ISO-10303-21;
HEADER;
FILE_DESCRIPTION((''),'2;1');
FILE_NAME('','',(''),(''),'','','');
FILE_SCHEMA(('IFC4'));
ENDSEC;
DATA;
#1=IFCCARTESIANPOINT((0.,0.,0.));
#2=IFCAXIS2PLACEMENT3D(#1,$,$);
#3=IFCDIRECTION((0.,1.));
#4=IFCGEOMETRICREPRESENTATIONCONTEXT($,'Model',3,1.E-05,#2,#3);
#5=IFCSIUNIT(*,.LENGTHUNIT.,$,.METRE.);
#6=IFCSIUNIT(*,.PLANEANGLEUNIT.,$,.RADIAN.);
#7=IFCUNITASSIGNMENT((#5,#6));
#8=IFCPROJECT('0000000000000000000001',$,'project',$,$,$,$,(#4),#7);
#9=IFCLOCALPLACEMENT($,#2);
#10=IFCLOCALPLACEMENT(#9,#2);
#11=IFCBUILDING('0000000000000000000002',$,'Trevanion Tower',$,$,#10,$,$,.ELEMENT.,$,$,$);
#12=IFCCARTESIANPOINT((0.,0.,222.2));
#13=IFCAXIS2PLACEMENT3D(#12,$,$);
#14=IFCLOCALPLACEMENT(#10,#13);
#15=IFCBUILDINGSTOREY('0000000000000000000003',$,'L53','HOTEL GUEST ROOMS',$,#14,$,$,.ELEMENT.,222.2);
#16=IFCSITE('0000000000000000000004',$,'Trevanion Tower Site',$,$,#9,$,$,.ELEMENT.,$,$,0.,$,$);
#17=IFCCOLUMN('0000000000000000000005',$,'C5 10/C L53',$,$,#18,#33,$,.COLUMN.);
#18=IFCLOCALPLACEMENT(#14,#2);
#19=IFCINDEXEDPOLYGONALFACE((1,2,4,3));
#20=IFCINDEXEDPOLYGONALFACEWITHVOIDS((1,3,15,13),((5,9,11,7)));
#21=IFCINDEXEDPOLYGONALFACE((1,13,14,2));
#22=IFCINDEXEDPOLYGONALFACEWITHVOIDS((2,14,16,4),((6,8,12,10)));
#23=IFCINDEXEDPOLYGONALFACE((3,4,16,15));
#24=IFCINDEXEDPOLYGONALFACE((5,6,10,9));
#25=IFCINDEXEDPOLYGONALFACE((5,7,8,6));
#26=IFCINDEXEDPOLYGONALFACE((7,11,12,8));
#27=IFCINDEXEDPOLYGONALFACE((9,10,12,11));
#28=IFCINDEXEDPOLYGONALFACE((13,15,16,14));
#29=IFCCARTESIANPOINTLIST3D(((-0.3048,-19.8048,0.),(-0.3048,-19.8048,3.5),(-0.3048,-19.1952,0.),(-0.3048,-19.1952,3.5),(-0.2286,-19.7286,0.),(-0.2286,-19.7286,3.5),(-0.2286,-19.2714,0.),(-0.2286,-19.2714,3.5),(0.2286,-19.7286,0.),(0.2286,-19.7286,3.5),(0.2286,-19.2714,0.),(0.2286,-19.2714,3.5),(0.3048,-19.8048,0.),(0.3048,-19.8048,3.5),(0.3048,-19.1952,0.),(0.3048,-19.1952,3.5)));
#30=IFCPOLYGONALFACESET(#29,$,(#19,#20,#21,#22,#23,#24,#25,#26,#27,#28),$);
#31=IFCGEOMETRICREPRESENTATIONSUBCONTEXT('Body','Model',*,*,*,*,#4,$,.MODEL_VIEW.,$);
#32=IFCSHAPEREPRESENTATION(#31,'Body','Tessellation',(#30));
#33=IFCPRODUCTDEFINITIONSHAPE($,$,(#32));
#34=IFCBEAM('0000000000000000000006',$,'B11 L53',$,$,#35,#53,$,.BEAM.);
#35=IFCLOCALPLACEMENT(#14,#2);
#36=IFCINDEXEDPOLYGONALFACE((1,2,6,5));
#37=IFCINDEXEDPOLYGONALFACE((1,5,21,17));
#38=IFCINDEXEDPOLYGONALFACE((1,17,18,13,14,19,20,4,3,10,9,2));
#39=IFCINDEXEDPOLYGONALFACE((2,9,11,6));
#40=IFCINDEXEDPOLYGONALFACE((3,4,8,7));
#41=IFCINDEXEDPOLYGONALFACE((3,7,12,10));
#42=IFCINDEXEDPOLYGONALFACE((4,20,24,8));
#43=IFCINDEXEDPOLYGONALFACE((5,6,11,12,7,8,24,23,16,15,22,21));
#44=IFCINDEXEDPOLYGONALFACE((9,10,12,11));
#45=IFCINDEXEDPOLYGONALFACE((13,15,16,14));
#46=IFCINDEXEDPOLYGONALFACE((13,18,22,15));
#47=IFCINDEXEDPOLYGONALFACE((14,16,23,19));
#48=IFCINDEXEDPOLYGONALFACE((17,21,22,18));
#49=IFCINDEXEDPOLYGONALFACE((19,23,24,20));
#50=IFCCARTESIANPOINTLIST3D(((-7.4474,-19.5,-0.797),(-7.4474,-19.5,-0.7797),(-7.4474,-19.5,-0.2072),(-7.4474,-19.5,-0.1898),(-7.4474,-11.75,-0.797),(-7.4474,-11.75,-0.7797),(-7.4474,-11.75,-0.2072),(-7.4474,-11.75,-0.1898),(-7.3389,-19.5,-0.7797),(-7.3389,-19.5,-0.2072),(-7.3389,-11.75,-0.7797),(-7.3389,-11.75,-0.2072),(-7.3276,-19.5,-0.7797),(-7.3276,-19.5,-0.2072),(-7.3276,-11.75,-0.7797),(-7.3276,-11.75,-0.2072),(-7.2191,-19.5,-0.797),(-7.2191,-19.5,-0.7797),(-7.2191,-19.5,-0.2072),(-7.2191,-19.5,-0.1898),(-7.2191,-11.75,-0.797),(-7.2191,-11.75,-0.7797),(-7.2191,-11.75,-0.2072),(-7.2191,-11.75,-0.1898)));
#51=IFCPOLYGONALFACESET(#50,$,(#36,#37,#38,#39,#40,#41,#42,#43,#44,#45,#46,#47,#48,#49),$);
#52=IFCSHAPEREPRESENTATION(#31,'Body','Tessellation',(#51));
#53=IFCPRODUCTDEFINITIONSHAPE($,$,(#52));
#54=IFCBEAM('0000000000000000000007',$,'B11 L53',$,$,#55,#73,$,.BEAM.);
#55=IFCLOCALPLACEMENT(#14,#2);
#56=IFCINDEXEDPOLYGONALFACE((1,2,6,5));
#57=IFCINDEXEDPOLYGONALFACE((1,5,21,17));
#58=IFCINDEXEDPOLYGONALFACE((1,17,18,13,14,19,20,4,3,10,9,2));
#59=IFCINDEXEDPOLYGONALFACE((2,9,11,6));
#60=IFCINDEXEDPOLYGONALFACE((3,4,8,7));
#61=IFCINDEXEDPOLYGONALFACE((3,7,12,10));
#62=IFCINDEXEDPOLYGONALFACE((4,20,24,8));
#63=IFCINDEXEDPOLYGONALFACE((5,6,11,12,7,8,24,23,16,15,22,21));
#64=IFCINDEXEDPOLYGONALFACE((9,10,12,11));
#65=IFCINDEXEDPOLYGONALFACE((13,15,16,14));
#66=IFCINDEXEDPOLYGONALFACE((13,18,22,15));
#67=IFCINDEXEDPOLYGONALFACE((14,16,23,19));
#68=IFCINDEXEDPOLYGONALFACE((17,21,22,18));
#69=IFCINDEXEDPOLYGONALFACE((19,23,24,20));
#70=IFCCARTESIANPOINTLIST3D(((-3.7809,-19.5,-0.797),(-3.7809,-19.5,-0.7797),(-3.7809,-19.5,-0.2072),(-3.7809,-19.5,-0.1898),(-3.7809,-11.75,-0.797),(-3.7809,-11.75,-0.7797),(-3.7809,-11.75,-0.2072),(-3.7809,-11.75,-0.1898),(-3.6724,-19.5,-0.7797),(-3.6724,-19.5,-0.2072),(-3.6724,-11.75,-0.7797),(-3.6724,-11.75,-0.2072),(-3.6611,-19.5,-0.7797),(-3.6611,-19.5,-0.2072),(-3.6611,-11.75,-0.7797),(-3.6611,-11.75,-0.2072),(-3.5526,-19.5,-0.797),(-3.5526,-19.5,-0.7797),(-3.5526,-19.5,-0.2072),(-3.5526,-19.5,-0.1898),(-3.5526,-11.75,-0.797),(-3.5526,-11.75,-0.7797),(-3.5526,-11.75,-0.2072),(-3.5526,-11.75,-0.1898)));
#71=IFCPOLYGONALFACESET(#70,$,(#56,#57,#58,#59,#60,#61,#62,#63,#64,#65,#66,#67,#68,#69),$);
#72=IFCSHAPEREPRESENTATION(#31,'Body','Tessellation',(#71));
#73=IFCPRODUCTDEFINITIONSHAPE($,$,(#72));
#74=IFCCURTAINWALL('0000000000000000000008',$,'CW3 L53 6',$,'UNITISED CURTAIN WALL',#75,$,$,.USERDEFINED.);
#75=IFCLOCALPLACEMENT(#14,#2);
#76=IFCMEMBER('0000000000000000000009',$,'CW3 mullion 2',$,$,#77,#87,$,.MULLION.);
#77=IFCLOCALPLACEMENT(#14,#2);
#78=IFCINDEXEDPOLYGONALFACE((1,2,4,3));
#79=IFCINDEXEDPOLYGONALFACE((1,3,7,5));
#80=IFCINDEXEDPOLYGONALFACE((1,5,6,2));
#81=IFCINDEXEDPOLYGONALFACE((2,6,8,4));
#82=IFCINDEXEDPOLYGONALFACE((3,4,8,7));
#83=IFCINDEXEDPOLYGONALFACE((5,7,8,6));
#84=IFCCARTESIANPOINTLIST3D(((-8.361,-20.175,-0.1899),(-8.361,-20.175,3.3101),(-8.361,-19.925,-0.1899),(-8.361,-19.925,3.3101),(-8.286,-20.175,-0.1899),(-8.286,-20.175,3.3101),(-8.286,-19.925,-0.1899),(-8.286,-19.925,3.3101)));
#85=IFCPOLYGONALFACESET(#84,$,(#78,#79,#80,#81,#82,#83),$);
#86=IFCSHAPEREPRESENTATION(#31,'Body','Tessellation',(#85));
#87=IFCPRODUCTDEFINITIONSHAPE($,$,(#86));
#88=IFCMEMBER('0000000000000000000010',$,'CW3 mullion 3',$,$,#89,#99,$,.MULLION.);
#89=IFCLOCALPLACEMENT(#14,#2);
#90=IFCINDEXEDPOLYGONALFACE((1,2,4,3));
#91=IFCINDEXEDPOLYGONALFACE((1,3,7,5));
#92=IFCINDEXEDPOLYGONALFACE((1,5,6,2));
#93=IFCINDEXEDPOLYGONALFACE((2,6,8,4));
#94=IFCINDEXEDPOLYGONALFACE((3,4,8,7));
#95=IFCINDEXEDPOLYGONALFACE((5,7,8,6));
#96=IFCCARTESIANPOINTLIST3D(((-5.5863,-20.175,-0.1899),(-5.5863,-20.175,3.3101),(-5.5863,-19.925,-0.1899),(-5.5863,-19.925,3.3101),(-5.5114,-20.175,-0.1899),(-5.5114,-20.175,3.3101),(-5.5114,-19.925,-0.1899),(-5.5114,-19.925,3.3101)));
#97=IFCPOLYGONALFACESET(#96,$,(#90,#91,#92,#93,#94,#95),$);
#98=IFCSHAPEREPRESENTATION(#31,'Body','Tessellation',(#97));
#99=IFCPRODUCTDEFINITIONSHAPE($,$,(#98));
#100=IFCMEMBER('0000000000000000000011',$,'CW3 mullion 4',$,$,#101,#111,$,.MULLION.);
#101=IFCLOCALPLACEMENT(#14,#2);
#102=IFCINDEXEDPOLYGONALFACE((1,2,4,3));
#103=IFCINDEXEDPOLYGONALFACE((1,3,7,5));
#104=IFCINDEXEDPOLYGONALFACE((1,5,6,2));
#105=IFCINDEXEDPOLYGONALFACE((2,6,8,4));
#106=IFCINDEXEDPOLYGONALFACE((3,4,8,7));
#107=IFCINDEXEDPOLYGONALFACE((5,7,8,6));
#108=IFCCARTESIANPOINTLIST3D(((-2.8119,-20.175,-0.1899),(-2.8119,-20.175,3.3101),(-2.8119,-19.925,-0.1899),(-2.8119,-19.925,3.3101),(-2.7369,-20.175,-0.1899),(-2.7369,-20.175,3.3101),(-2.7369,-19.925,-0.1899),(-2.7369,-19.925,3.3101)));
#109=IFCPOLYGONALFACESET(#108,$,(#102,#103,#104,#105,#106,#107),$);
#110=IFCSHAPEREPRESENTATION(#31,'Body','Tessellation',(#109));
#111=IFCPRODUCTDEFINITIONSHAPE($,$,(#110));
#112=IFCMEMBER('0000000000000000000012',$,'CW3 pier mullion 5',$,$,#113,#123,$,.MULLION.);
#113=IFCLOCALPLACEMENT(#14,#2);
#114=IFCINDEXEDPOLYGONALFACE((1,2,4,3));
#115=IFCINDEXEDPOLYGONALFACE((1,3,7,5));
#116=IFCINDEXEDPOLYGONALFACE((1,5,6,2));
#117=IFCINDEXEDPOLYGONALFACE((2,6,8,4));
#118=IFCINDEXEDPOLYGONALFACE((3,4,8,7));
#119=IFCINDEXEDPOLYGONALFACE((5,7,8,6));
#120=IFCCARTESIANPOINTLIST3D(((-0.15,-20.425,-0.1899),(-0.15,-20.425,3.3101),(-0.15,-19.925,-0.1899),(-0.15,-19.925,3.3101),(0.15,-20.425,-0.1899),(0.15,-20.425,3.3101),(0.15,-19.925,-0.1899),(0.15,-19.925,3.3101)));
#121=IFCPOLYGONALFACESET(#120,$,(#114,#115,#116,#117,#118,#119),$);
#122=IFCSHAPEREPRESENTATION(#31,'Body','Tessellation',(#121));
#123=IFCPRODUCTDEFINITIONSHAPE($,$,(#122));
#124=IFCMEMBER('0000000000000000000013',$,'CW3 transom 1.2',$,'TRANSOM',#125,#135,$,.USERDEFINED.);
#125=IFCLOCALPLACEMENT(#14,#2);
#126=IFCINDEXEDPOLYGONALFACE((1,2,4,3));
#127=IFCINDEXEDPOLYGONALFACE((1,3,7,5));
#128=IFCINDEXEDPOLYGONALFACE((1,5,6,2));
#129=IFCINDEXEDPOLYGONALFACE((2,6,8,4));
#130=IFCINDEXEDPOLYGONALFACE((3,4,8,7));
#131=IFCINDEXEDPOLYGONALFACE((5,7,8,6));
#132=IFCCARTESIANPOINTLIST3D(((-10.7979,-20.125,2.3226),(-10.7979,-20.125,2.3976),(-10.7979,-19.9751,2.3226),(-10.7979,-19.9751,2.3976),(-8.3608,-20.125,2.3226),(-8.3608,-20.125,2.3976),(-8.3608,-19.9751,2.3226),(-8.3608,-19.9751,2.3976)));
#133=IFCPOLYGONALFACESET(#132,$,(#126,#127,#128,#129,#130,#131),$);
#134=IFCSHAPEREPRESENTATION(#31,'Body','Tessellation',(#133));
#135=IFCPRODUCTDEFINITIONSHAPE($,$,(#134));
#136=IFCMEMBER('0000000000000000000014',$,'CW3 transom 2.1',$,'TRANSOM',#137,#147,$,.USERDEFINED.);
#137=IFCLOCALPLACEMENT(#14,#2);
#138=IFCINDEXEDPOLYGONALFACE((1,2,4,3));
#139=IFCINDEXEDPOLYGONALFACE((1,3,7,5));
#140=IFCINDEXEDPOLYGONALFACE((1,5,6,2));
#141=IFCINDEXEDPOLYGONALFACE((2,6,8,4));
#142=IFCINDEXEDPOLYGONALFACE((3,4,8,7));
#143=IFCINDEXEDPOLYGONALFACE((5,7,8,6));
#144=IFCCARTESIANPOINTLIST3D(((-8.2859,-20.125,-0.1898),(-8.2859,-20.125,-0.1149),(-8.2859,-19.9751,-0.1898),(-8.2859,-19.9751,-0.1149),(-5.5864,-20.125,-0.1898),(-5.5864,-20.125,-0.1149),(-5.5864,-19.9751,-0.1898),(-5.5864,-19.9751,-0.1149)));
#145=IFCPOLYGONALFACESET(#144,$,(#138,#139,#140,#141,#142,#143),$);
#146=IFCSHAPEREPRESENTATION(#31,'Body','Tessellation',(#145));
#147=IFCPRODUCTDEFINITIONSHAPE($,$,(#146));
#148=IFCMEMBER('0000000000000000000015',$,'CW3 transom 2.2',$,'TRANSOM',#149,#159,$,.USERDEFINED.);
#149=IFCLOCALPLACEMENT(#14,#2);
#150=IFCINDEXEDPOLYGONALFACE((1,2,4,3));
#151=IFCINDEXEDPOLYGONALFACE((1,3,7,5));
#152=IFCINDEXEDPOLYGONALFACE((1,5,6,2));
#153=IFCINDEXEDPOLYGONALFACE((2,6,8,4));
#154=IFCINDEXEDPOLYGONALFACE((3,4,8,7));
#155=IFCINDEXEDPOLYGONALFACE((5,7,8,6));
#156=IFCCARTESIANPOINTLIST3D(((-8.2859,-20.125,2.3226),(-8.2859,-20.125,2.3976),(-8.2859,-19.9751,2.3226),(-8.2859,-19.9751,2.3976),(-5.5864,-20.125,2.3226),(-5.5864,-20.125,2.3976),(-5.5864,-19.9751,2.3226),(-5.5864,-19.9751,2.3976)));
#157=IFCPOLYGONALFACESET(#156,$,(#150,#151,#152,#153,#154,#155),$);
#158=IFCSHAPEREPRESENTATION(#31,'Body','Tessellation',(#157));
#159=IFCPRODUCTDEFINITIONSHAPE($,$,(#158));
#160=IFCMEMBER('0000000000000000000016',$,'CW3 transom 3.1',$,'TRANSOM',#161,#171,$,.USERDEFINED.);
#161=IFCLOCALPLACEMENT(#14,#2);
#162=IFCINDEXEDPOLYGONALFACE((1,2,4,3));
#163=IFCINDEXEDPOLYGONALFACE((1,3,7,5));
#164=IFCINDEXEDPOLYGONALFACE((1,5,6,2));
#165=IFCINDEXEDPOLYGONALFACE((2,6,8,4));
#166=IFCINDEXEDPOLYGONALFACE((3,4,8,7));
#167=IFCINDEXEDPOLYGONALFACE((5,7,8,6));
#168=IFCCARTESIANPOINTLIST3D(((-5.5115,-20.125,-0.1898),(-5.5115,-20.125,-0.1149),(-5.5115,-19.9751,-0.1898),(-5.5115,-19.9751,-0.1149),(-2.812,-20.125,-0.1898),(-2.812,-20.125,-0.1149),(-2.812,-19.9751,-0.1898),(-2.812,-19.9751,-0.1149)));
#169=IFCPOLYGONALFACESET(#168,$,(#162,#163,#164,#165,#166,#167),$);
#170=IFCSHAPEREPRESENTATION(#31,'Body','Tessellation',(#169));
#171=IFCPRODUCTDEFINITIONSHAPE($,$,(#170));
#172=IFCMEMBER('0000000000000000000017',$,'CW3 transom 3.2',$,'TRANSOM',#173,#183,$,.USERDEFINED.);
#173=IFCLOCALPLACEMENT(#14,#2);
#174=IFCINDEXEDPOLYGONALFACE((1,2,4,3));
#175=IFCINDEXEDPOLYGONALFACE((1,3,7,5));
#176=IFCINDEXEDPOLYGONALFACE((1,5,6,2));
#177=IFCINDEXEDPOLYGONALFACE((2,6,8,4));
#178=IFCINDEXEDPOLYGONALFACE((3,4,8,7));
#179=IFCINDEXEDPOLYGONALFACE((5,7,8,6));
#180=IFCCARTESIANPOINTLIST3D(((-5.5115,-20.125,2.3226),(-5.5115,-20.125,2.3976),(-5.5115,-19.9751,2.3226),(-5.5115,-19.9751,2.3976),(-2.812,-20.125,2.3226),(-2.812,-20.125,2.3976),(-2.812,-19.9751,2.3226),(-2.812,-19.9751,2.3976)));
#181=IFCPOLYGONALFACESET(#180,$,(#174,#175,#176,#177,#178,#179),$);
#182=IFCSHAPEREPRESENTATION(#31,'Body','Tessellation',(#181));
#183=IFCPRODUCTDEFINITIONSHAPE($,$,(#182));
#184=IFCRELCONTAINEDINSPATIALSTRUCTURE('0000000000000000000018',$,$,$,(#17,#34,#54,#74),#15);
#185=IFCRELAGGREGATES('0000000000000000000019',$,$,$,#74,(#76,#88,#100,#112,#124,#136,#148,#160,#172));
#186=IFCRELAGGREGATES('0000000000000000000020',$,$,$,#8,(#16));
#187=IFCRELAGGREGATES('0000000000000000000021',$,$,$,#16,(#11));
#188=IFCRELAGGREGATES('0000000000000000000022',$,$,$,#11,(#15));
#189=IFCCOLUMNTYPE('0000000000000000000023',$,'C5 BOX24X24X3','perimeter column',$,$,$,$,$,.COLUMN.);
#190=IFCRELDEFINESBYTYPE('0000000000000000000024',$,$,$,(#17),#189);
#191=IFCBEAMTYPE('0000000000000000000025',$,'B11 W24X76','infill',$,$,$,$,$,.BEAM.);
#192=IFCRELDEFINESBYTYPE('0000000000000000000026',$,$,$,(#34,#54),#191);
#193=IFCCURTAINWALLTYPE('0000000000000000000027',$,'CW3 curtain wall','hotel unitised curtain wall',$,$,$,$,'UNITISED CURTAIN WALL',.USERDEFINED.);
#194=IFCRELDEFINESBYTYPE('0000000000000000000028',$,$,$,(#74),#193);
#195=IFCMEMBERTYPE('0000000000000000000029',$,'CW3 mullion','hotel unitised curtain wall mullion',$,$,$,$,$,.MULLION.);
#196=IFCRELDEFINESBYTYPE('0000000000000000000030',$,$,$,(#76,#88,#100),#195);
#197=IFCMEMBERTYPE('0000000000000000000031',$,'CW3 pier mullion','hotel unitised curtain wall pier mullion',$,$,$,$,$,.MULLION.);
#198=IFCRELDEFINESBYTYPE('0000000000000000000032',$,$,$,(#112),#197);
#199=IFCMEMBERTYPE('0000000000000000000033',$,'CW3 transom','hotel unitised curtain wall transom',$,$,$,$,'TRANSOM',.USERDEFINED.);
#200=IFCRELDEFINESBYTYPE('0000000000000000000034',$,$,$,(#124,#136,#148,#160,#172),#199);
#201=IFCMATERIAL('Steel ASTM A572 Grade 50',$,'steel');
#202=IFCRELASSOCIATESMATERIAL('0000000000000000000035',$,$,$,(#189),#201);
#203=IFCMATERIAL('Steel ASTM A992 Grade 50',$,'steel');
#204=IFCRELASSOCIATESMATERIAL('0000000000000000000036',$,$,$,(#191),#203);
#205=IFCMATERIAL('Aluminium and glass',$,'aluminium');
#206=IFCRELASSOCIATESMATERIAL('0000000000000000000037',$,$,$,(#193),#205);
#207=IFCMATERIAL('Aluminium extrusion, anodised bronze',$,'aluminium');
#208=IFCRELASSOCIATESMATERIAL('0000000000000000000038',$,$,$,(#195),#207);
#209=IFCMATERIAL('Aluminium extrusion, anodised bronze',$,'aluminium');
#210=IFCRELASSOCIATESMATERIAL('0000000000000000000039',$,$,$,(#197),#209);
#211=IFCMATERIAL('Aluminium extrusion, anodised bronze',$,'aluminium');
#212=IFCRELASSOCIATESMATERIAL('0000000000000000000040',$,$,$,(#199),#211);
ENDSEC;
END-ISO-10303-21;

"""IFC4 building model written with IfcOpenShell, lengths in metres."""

from ifc_helpers import new_model, si_unit, direction, frame, origin, origin_2d, place, context, subcontext, project, spatial, rectangle, hollow_rectangle, i_section, extrude, material, material_profile, profile_set, type_object, element, aggregate, save


model = new_model("IFC4")

# Units and contexts
model_context = context("Model", 3, precision=1e-05, world=origin(), true_north=direction((0.0, 1.0)))
body_context = subcontext(model_context, "Body", "Model", "MODEL_VIEW")
ifc_project = project(units=[si_unit("LENGTHUNIT", "METRE"), si_unit("PLANEANGLEUNIT", "RADIAN")], contexts=[model_context])

# Site, building, storey
site_placement = place(None, origin())
site = spatial("IfcSite", under=ifc_project, at=site_placement, Name="Trevanion Tower Site", CompositionType="ELEMENT", RefElevation=0.0)
building_placement = place(site_placement, origin())
building = spatial("IfcBuilding", under=site, at=building_placement, Name="Trevanion Tower", CompositionType="ELEMENT")
storey_placement = place(building_placement, frame((0.0, 0.0, 222.2)))
storey = spatial("IfcBuildingStorey", under=building, at=storey_placement, Name="L53", Description="HOTEL GUEST ROOMS", CompositionType="ELEMENT", Elevation=222.2)

# Column
ifc_material_1 = material(Name="Steel ASTM A572 Grade 50", Category="steel")
ifc_material_profile_1 = material_profile(ifc_material_1, hollow_rectangle(XDim=0.6096, YDim=0.6096, WallThickness=0.0762, at=origin_2d()), Name="BOX24X24X3")
ifc_profile_set_1 = profile_set([ifc_material_profile_1], Name="Steel ASTM A572 Grade 50")
column_type = type_object("IfcColumnType", Name="C5 BOX24X24X3", Description="perimeter column", PredefinedType="COLUMN", material=ifc_profile_set_1)
column_placement = place(storey_placement, frame((0.0, -19.5, 0.0), z_axis=(0.0, 0.0, 1.0), x_axis=(1.0, 0.0, 0.0)))
element("IfcColumn", 1, at=column_placement, inside=storey, type_object=column_type, Name="C5 10/C L53", PredefinedType="COLUMN", context=body_context, shape_type="SweptSolid", body=[
    extrude(hollow_rectangle(XDim=0.6096, YDim=0.6096, WallThickness=0.0762, at=origin_2d()), origin(), (0.0, 0.0, 1.0), 3.5),
])

# Beams
ifc_material_2 = material(Name="Steel ASTM A992 Grade 50", Category="steel")
ifc_material_profile_2 = material_profile(ifc_material_2, i_section(OverallWidth=0.2283, OverallDepth=0.6072, WebThickness=0.0112, FlangeThickness=0.0173, at=origin_2d()), Name="W24X76")
ifc_profile_set_2 = profile_set([ifc_material_profile_2], Name="Steel ASTM A992 Grade 50")
beam_type_1 = type_object("IfcBeamType", Name="B11 W24X76", Description="infill", PredefinedType="BEAM", material=ifc_profile_set_2)
for number, where, z_axis, x_axis, name in (
    (2, (-7.3333, -11.75, -0.4934), (0.0, -1.0, 0.0), (1.0, 0.0, 0.0), "B11 L53"),
    (3, (-3.6667, -11.75, -0.4934), (0.0, -1.0, 0.0), (1.0, 0.0, 0.0), "B11 L53"),
):
    element("IfcBeam", number, at=place(storey_placement, frame(where, z_axis=z_axis, x_axis=x_axis)), inside=storey, type_object=beam_type_1, Name=name, PredefinedType="BEAM", context=body_context, shape_type="SweptSolid", body=[
        extrude(i_section(OverallWidth=0.2283, OverallDepth=0.6072, WebThickness=0.0112, FlangeThickness=0.0173, at=origin_2d()), origin(), (0.0, 0.0, 1.0), 7.75),
    ])

# Curtain wall, members
ifc_material_3 = material(Name="Aluminium and glass", Category="aluminium")
curtain_wall_type = type_object("IfcCurtainWallType", Name="CW3 curtain wall", Description="hotel unitised curtain wall", ElementType="UNITISED CURTAIN WALL", PredefinedType="USERDEFINED", material=ifc_material_3)
curtain_wall_placement = place(storey_placement, origin())
curtain_wall = element("IfcCurtainWall", 4, at=curtain_wall_placement, inside=storey, type_object=curtain_wall_type, Name="CW3 L53 6", ObjectType="UNITISED CURTAIN WALL", PredefinedType="USERDEFINED")
ifc_material_4 = material(Name="Aluminium extrusion, anodised bronze", Category="aluminium")
ifc_material_profile_3 = material_profile(ifc_material_4, rectangle(XDim=0.075, YDim=0.25, at=origin_2d()), Name="CW3 mullion")
ifc_profile_set_3 = profile_set([ifc_material_profile_3], Name="Aluminium extrusion, anodised bronze")
member_type_1 = type_object("IfcMemberType", Name="CW3 mullion", Description="hotel unitised curtain wall mullion", PredefinedType="MULLION", material=ifc_profile_set_3)
member_1_placement = place(storey_placement, frame((-8.3235, -20.05, -0.1899), z_axis=(0.0, 0.0, 1.0), x_axis=(1.0, 0.0, 0.0)))
member_1 = element("IfcMember", 5, at=member_1_placement, type_object=member_type_1, Name="CW3 mullion 2", PredefinedType="MULLION", context=body_context, shape_type="SweptSolid", body=[
    extrude(rectangle(XDim=0.075, YDim=0.25, at=origin_2d()), origin(), (0.0, 0.0, 1.0), 3.5),
])
member_2_placement = place(storey_placement, frame((-5.5488, -20.05, -0.1899), z_axis=(0.0, 0.0, 1.0), x_axis=(1.0, 0.0, 0.0)))
member_2 = element("IfcMember", 6, at=member_2_placement, type_object=member_type_1, Name="CW3 mullion 3", PredefinedType="MULLION", context=body_context, shape_type="SweptSolid", body=[
    extrude(rectangle(XDim=0.075, YDim=0.25, at=origin_2d()), origin(), (0.0, 0.0, 1.0), 3.5),
])
member_3_placement = place(storey_placement, frame((-2.7744, -20.05, -0.1899), z_axis=(0.0, 0.0, 1.0), x_axis=(1.0, 0.0, 0.0)))
member_3 = element("IfcMember", 7, at=member_3_placement, type_object=member_type_1, Name="CW3 mullion 4", PredefinedType="MULLION", context=body_context, shape_type="SweptSolid", body=[
    extrude(rectangle(XDim=0.075, YDim=0.25, at=origin_2d()), origin(), (0.0, 0.0, 1.0), 3.5),
])
ifc_material_5 = material(Name="Aluminium extrusion, anodised bronze", Category="aluminium")
ifc_material_profile_4 = material_profile(ifc_material_5, rectangle(XDim=0.3, YDim=0.5, at=origin_2d()), Name="CW3 pier mullion")
ifc_profile_set_4 = profile_set([ifc_material_profile_4], Name="Aluminium extrusion, anodised bronze")
member_type_2 = type_object("IfcMemberType", Name="CW3 pier mullion", Description="hotel unitised curtain wall pier mullion", PredefinedType="MULLION", material=ifc_profile_set_4)
member_4_placement = place(storey_placement, frame((0.0, -20.175, -0.1899), z_axis=(0.0, 0.0, 1.0), x_axis=(1.0, 0.0, 0.0)))
member_4 = element("IfcMember", 8, at=member_4_placement, type_object=member_type_2, Name="CW3 pier mullion 5", PredefinedType="MULLION", context=body_context, shape_type="SweptSolid", body=[
    extrude(rectangle(XDim=0.3, YDim=0.5, at=origin_2d()), origin(), (0.0, 0.0, 1.0), 3.5),
])
ifc_material_6 = material(Name="Aluminium extrusion, anodised bronze", Category="aluminium")
ifc_material_profile_5 = material_profile(ifc_material_6, rectangle(XDim=0.1499, YDim=0.075, at=origin_2d()), Name="CW3 transom")
ifc_profile_set_5 = profile_set([ifc_material_profile_5], Name="Aluminium extrusion, anodised bronze")
member_type_3 = type_object("IfcMemberType", Name="CW3 transom", Description="hotel unitised curtain wall transom", ElementType="TRANSOM", PredefinedType="USERDEFINED", material=ifc_profile_set_5)
member_5_placement = place(storey_placement, frame((-10.7979, -20.05, 2.3601), z_axis=(1.0, 0.0, 0.0), x_axis=(0.0, 1.0, 0.0)))
member_5 = element("IfcMember", 9, at=member_5_placement, type_object=member_type_3, Name="CW3 transom 1.2", ObjectType="TRANSOM", PredefinedType="USERDEFINED", context=body_context, shape_type="SweptSolid", body=[
    extrude(rectangle(XDim=0.1499, YDim=0.075, at=origin_2d()), origin(), (0.0, 0.0, 1.0), 2.437),
])
member_6_placement = place(storey_placement, frame((-8.2859, -20.05, -0.1523), z_axis=(1.0, 0.0, 0.0), x_axis=(0.0, 1.0, 0.0)))
member_6 = element("IfcMember", 10, at=member_6_placement, type_object=member_type_3, Name="CW3 transom 2.1", ObjectType="TRANSOM", PredefinedType="USERDEFINED", context=body_context, shape_type="SweptSolid", body=[
    extrude(rectangle(XDim=0.1499, YDim=0.075, at=origin_2d()), origin(), (0.0, 0.0, 1.0), 2.6995),
])
member_7_placement = place(storey_placement, frame((-8.2859, -20.05, 2.3601), z_axis=(1.0, 0.0, 0.0), x_axis=(0.0, 1.0, 0.0)))
member_7 = element("IfcMember", 11, at=member_7_placement, type_object=member_type_3, Name="CW3 transom 2.2", ObjectType="TRANSOM", PredefinedType="USERDEFINED", context=body_context, shape_type="SweptSolid", body=[
    extrude(rectangle(XDim=0.1499, YDim=0.075, at=origin_2d()), origin(), (0.0, 0.0, 1.0), 2.6995),
])
member_8_placement = place(storey_placement, frame((-5.5115, -20.05, -0.1523), z_axis=(1.0, 0.0, 0.0), x_axis=(0.0, 1.0, 0.0)))
member_8 = element("IfcMember", 12, at=member_8_placement, type_object=member_type_3, Name="CW3 transom 3.1", ObjectType="TRANSOM", PredefinedType="USERDEFINED", context=body_context, shape_type="SweptSolid", body=[
    extrude(rectangle(XDim=0.1499, YDim=0.075, at=origin_2d()), origin(), (0.0, 0.0, 1.0), 2.6995),
])
member_9_placement = place(storey_placement, frame((-5.5115, -20.05, 2.3601), z_axis=(1.0, 0.0, 0.0), x_axis=(0.0, 1.0, 0.0)))
member_9 = element("IfcMember", 13, at=member_9_placement, type_object=member_type_3, Name="CW3 transom 3.2", ObjectType="TRANSOM", PredefinedType="USERDEFINED", context=body_context, shape_type="SweptSolid", body=[
    extrude(rectangle(XDim=0.1499, YDim=0.075, at=origin_2d()), origin(), (0.0, 0.0, 1.0), 2.6995),
])

aggregate(curtain_wall, [member_1, member_2, member_3, member_4, member_5, member_6, member_7, member_8, member_9])

save(model, "model.ifc")
